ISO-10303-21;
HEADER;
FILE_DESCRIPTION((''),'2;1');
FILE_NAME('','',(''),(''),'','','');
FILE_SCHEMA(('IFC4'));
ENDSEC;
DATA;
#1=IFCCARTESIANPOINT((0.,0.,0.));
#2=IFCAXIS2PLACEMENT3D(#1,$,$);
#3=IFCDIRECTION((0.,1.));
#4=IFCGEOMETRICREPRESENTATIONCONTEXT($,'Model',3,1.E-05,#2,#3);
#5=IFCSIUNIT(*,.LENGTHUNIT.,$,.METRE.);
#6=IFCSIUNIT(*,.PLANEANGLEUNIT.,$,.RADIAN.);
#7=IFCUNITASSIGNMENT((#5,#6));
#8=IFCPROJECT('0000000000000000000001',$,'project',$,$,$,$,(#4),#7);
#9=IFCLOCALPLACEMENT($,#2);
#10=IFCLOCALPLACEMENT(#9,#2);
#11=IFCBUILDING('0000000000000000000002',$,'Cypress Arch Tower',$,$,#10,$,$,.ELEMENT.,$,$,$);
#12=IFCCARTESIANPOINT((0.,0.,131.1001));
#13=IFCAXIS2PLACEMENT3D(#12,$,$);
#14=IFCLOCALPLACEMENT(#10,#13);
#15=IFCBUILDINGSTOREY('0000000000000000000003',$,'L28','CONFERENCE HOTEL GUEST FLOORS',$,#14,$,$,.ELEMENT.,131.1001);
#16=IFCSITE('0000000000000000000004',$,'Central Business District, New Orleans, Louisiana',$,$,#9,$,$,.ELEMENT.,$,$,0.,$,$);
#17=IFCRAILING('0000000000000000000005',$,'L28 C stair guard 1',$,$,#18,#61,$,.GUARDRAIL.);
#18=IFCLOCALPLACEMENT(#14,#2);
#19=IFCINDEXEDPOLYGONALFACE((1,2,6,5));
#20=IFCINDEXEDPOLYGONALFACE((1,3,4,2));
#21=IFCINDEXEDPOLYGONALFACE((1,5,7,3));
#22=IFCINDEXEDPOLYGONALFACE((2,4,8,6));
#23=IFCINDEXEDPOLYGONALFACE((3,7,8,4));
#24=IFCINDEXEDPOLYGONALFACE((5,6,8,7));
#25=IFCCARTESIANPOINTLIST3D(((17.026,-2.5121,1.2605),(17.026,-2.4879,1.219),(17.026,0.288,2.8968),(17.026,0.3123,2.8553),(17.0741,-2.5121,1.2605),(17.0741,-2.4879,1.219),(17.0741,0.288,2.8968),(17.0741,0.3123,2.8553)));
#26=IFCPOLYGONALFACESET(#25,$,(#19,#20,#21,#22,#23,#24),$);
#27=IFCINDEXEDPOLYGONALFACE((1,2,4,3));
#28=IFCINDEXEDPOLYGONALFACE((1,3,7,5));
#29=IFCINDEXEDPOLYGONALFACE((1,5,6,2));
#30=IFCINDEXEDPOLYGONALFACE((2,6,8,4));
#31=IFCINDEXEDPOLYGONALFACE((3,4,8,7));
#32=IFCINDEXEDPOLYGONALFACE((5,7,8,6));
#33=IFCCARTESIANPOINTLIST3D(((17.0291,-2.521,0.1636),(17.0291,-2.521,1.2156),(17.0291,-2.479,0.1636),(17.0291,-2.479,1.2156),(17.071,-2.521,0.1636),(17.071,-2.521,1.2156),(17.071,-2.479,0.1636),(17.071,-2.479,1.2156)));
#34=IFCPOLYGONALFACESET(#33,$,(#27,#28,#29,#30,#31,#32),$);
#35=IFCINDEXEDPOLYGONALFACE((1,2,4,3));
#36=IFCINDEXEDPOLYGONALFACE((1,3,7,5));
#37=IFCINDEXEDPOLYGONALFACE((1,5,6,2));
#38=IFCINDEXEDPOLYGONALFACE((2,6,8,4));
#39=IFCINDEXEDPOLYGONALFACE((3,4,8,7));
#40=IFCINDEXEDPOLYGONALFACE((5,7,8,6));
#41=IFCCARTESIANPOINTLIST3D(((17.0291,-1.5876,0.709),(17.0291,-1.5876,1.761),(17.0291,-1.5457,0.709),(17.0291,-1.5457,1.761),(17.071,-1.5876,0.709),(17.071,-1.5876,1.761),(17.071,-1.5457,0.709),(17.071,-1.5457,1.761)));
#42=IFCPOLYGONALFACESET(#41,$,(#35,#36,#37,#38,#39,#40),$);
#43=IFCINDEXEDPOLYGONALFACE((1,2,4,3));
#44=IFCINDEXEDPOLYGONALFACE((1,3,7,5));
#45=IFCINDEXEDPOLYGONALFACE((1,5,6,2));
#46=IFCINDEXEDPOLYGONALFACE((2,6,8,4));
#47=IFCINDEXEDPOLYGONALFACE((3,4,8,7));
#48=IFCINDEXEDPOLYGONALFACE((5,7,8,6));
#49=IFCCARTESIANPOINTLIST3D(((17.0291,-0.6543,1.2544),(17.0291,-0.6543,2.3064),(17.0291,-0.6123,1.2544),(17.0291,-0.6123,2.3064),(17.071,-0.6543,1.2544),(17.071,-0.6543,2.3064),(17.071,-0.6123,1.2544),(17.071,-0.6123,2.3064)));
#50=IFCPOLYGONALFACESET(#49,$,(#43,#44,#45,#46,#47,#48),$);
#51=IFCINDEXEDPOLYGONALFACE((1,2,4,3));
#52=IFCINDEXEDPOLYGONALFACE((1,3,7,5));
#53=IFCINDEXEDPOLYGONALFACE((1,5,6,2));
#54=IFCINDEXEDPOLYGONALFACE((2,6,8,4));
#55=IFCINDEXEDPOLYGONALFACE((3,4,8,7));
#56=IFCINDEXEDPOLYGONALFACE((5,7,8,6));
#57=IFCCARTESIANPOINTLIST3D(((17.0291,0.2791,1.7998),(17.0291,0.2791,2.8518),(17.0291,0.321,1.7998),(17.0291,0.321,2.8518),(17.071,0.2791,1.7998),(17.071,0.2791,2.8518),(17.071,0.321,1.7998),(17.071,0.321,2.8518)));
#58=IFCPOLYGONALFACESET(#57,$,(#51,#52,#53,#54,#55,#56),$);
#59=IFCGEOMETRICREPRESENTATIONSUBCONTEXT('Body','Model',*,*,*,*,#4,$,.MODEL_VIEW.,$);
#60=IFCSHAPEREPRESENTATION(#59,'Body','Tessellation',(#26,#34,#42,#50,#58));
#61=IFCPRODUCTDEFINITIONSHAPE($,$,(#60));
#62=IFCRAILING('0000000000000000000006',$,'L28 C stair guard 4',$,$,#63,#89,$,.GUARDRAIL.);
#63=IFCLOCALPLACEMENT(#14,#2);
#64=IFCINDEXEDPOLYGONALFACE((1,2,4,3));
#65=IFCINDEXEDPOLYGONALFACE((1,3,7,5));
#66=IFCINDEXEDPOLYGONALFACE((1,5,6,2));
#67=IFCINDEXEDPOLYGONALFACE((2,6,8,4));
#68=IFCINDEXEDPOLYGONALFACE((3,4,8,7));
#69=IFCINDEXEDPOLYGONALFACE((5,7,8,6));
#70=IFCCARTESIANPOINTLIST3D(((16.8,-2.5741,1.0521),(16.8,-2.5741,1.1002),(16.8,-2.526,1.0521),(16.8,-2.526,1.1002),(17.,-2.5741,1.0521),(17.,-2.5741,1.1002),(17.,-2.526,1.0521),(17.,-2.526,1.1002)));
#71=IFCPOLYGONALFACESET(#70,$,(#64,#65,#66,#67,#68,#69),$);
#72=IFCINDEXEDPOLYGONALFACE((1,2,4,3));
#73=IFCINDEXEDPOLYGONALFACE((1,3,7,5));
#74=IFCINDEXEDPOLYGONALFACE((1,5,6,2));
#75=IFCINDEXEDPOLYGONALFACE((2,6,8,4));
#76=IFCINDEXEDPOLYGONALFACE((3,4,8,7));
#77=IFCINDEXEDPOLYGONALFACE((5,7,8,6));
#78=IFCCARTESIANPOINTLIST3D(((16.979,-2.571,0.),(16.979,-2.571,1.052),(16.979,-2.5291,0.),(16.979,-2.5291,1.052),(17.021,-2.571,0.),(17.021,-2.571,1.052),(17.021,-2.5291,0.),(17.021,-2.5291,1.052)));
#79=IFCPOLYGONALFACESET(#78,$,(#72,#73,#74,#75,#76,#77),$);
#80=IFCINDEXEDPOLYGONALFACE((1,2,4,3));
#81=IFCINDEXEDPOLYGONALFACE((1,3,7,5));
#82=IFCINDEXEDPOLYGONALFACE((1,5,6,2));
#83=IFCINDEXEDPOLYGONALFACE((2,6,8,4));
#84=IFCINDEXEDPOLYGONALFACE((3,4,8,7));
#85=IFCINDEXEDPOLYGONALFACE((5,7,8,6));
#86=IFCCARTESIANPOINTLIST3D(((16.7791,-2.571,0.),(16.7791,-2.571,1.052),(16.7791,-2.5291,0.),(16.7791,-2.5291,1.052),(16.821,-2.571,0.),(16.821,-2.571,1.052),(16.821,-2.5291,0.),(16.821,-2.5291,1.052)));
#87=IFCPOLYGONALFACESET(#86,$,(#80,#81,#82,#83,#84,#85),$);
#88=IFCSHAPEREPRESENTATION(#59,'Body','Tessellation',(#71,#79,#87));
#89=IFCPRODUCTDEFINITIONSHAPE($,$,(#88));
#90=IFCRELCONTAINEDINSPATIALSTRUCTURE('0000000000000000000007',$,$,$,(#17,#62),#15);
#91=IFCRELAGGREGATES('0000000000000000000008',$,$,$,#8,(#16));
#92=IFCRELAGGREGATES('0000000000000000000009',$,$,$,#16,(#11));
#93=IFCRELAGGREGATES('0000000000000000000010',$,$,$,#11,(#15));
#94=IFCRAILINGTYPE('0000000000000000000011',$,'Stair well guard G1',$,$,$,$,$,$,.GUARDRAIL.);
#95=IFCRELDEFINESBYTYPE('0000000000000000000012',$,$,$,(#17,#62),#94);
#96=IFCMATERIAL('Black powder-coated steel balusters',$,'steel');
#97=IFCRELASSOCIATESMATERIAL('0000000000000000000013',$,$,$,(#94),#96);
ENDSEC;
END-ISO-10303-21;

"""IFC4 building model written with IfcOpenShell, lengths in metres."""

from ifc_helpers import new_model, si_unit, direction, frame, origin, origin_2d, place, context, subcontext, project, spatial, rectangle, extrude, material, type_object, element, save


model = new_model("IFC4")

# Units and contexts
model_context = context("Model", 3, precision=1e-05, world=origin(), true_north=direction((0.0, 1.0)))
body_context = subcontext(model_context, "Body", "Model", "MODEL_VIEW")
ifc_project = project(units=[si_unit("LENGTHUNIT", "METRE"), si_unit("PLANEANGLEUNIT", "RADIAN")], contexts=[model_context])

# Site, building, storey
site_placement = place(None, origin())
site = spatial("IfcSite", under=ifc_project, at=site_placement, Name="Central Business District, New Orleans, Louisiana", CompositionType="ELEMENT", RefElevation=0.0)
building_placement = place(site_placement, origin())
building = spatial("IfcBuilding", under=site, at=building_placement, Name="Cypress Arch Tower", CompositionType="ELEMENT")
storey_placement = place(building_placement, frame((0.0, 0.0, 131.1001)))
storey = spatial("IfcBuildingStorey", under=building, at=storey_placement, Name="L28", Description="CONFERENCE HOTEL GUEST FLOORS", CompositionType="ELEMENT", Elevation=131.1001)

# Railings
ifc_material_1 = material(Name="Black powder-coated steel balusters", Category="steel")
railing_type_1 = type_object("IfcRailingType", Name="Stair well guard G1", PredefinedType="GUARDRAIL", material=ifc_material_1)
railing_1_placement = place(storey_placement, frame((17.05, -2.5, 0.1636)))
element("IfcRailing", 1, at=railing_1_placement, inside=storey, type_object=railing_type_1, Name="L28 C stair guard 1", PredefinedType="GUARDRAIL", context=body_context, shape_type="SweptSolid", body=[
    extrude(rectangle(XDim=0.0481, YDim=0.0481, at=origin_2d()), frame((0.0, 0.0, 1.0762), z_axis=(0.0, 0.863394, 0.504531), x_axis=(-1.0, 0.0, 0.0)), (0.0, 0.0, 1.0), 3.2432),
    extrude(rectangle(XDim=0.042, YDim=0.042, at=origin_2d()), origin(), (0.0, 0.0, 1.0), 1.052),
    extrude(rectangle(XDim=0.042, YDim=0.042, at=origin_2d()), frame((0.0, 0.9333, 0.5454)), (0.0, 0.0, 1.0), 1.052),
    extrude(rectangle(XDim=0.042, YDim=0.042, at=origin_2d()), frame((0.0, 1.8667, 1.0908)), (0.0, 0.0, 1.0), 1.052),
    extrude(rectangle(XDim=0.042, YDim=0.042, at=origin_2d()), frame((0.0, 2.8, 1.6362)), (0.0, 0.0, 1.0), 1.052),
])
railing_2_placement = place(storey_placement, frame((17.0, -2.55, 0.0)))
element("IfcRailing", 2, at=railing_2_placement, inside=storey, type_object=railing_type_1, Name="L28 C stair guard 4", PredefinedType="GUARDRAIL", context=body_context, shape_type="SweptSolid", body=[
    extrude(rectangle(XDim=0.0481, YDim=0.0481, at=origin_2d()), frame((0.0, 0.0, 1.0762), z_axis=(-1.0, 0.0, 0.0), x_axis=(0.0, -1.0, 0.0)), (0.0, 0.0, 1.0), 0.2),
    extrude(rectangle(XDim=0.042, YDim=0.042, at=origin_2d()), origin(), (0.0, 0.0, 1.0), 1.052),
    extrude(rectangle(XDim=0.042, YDim=0.042, at=origin_2d()), frame((-0.2, 0.0, 0.0)), (0.0, 0.0, 1.0), 1.052),
])

save(model, "model.ifc")
